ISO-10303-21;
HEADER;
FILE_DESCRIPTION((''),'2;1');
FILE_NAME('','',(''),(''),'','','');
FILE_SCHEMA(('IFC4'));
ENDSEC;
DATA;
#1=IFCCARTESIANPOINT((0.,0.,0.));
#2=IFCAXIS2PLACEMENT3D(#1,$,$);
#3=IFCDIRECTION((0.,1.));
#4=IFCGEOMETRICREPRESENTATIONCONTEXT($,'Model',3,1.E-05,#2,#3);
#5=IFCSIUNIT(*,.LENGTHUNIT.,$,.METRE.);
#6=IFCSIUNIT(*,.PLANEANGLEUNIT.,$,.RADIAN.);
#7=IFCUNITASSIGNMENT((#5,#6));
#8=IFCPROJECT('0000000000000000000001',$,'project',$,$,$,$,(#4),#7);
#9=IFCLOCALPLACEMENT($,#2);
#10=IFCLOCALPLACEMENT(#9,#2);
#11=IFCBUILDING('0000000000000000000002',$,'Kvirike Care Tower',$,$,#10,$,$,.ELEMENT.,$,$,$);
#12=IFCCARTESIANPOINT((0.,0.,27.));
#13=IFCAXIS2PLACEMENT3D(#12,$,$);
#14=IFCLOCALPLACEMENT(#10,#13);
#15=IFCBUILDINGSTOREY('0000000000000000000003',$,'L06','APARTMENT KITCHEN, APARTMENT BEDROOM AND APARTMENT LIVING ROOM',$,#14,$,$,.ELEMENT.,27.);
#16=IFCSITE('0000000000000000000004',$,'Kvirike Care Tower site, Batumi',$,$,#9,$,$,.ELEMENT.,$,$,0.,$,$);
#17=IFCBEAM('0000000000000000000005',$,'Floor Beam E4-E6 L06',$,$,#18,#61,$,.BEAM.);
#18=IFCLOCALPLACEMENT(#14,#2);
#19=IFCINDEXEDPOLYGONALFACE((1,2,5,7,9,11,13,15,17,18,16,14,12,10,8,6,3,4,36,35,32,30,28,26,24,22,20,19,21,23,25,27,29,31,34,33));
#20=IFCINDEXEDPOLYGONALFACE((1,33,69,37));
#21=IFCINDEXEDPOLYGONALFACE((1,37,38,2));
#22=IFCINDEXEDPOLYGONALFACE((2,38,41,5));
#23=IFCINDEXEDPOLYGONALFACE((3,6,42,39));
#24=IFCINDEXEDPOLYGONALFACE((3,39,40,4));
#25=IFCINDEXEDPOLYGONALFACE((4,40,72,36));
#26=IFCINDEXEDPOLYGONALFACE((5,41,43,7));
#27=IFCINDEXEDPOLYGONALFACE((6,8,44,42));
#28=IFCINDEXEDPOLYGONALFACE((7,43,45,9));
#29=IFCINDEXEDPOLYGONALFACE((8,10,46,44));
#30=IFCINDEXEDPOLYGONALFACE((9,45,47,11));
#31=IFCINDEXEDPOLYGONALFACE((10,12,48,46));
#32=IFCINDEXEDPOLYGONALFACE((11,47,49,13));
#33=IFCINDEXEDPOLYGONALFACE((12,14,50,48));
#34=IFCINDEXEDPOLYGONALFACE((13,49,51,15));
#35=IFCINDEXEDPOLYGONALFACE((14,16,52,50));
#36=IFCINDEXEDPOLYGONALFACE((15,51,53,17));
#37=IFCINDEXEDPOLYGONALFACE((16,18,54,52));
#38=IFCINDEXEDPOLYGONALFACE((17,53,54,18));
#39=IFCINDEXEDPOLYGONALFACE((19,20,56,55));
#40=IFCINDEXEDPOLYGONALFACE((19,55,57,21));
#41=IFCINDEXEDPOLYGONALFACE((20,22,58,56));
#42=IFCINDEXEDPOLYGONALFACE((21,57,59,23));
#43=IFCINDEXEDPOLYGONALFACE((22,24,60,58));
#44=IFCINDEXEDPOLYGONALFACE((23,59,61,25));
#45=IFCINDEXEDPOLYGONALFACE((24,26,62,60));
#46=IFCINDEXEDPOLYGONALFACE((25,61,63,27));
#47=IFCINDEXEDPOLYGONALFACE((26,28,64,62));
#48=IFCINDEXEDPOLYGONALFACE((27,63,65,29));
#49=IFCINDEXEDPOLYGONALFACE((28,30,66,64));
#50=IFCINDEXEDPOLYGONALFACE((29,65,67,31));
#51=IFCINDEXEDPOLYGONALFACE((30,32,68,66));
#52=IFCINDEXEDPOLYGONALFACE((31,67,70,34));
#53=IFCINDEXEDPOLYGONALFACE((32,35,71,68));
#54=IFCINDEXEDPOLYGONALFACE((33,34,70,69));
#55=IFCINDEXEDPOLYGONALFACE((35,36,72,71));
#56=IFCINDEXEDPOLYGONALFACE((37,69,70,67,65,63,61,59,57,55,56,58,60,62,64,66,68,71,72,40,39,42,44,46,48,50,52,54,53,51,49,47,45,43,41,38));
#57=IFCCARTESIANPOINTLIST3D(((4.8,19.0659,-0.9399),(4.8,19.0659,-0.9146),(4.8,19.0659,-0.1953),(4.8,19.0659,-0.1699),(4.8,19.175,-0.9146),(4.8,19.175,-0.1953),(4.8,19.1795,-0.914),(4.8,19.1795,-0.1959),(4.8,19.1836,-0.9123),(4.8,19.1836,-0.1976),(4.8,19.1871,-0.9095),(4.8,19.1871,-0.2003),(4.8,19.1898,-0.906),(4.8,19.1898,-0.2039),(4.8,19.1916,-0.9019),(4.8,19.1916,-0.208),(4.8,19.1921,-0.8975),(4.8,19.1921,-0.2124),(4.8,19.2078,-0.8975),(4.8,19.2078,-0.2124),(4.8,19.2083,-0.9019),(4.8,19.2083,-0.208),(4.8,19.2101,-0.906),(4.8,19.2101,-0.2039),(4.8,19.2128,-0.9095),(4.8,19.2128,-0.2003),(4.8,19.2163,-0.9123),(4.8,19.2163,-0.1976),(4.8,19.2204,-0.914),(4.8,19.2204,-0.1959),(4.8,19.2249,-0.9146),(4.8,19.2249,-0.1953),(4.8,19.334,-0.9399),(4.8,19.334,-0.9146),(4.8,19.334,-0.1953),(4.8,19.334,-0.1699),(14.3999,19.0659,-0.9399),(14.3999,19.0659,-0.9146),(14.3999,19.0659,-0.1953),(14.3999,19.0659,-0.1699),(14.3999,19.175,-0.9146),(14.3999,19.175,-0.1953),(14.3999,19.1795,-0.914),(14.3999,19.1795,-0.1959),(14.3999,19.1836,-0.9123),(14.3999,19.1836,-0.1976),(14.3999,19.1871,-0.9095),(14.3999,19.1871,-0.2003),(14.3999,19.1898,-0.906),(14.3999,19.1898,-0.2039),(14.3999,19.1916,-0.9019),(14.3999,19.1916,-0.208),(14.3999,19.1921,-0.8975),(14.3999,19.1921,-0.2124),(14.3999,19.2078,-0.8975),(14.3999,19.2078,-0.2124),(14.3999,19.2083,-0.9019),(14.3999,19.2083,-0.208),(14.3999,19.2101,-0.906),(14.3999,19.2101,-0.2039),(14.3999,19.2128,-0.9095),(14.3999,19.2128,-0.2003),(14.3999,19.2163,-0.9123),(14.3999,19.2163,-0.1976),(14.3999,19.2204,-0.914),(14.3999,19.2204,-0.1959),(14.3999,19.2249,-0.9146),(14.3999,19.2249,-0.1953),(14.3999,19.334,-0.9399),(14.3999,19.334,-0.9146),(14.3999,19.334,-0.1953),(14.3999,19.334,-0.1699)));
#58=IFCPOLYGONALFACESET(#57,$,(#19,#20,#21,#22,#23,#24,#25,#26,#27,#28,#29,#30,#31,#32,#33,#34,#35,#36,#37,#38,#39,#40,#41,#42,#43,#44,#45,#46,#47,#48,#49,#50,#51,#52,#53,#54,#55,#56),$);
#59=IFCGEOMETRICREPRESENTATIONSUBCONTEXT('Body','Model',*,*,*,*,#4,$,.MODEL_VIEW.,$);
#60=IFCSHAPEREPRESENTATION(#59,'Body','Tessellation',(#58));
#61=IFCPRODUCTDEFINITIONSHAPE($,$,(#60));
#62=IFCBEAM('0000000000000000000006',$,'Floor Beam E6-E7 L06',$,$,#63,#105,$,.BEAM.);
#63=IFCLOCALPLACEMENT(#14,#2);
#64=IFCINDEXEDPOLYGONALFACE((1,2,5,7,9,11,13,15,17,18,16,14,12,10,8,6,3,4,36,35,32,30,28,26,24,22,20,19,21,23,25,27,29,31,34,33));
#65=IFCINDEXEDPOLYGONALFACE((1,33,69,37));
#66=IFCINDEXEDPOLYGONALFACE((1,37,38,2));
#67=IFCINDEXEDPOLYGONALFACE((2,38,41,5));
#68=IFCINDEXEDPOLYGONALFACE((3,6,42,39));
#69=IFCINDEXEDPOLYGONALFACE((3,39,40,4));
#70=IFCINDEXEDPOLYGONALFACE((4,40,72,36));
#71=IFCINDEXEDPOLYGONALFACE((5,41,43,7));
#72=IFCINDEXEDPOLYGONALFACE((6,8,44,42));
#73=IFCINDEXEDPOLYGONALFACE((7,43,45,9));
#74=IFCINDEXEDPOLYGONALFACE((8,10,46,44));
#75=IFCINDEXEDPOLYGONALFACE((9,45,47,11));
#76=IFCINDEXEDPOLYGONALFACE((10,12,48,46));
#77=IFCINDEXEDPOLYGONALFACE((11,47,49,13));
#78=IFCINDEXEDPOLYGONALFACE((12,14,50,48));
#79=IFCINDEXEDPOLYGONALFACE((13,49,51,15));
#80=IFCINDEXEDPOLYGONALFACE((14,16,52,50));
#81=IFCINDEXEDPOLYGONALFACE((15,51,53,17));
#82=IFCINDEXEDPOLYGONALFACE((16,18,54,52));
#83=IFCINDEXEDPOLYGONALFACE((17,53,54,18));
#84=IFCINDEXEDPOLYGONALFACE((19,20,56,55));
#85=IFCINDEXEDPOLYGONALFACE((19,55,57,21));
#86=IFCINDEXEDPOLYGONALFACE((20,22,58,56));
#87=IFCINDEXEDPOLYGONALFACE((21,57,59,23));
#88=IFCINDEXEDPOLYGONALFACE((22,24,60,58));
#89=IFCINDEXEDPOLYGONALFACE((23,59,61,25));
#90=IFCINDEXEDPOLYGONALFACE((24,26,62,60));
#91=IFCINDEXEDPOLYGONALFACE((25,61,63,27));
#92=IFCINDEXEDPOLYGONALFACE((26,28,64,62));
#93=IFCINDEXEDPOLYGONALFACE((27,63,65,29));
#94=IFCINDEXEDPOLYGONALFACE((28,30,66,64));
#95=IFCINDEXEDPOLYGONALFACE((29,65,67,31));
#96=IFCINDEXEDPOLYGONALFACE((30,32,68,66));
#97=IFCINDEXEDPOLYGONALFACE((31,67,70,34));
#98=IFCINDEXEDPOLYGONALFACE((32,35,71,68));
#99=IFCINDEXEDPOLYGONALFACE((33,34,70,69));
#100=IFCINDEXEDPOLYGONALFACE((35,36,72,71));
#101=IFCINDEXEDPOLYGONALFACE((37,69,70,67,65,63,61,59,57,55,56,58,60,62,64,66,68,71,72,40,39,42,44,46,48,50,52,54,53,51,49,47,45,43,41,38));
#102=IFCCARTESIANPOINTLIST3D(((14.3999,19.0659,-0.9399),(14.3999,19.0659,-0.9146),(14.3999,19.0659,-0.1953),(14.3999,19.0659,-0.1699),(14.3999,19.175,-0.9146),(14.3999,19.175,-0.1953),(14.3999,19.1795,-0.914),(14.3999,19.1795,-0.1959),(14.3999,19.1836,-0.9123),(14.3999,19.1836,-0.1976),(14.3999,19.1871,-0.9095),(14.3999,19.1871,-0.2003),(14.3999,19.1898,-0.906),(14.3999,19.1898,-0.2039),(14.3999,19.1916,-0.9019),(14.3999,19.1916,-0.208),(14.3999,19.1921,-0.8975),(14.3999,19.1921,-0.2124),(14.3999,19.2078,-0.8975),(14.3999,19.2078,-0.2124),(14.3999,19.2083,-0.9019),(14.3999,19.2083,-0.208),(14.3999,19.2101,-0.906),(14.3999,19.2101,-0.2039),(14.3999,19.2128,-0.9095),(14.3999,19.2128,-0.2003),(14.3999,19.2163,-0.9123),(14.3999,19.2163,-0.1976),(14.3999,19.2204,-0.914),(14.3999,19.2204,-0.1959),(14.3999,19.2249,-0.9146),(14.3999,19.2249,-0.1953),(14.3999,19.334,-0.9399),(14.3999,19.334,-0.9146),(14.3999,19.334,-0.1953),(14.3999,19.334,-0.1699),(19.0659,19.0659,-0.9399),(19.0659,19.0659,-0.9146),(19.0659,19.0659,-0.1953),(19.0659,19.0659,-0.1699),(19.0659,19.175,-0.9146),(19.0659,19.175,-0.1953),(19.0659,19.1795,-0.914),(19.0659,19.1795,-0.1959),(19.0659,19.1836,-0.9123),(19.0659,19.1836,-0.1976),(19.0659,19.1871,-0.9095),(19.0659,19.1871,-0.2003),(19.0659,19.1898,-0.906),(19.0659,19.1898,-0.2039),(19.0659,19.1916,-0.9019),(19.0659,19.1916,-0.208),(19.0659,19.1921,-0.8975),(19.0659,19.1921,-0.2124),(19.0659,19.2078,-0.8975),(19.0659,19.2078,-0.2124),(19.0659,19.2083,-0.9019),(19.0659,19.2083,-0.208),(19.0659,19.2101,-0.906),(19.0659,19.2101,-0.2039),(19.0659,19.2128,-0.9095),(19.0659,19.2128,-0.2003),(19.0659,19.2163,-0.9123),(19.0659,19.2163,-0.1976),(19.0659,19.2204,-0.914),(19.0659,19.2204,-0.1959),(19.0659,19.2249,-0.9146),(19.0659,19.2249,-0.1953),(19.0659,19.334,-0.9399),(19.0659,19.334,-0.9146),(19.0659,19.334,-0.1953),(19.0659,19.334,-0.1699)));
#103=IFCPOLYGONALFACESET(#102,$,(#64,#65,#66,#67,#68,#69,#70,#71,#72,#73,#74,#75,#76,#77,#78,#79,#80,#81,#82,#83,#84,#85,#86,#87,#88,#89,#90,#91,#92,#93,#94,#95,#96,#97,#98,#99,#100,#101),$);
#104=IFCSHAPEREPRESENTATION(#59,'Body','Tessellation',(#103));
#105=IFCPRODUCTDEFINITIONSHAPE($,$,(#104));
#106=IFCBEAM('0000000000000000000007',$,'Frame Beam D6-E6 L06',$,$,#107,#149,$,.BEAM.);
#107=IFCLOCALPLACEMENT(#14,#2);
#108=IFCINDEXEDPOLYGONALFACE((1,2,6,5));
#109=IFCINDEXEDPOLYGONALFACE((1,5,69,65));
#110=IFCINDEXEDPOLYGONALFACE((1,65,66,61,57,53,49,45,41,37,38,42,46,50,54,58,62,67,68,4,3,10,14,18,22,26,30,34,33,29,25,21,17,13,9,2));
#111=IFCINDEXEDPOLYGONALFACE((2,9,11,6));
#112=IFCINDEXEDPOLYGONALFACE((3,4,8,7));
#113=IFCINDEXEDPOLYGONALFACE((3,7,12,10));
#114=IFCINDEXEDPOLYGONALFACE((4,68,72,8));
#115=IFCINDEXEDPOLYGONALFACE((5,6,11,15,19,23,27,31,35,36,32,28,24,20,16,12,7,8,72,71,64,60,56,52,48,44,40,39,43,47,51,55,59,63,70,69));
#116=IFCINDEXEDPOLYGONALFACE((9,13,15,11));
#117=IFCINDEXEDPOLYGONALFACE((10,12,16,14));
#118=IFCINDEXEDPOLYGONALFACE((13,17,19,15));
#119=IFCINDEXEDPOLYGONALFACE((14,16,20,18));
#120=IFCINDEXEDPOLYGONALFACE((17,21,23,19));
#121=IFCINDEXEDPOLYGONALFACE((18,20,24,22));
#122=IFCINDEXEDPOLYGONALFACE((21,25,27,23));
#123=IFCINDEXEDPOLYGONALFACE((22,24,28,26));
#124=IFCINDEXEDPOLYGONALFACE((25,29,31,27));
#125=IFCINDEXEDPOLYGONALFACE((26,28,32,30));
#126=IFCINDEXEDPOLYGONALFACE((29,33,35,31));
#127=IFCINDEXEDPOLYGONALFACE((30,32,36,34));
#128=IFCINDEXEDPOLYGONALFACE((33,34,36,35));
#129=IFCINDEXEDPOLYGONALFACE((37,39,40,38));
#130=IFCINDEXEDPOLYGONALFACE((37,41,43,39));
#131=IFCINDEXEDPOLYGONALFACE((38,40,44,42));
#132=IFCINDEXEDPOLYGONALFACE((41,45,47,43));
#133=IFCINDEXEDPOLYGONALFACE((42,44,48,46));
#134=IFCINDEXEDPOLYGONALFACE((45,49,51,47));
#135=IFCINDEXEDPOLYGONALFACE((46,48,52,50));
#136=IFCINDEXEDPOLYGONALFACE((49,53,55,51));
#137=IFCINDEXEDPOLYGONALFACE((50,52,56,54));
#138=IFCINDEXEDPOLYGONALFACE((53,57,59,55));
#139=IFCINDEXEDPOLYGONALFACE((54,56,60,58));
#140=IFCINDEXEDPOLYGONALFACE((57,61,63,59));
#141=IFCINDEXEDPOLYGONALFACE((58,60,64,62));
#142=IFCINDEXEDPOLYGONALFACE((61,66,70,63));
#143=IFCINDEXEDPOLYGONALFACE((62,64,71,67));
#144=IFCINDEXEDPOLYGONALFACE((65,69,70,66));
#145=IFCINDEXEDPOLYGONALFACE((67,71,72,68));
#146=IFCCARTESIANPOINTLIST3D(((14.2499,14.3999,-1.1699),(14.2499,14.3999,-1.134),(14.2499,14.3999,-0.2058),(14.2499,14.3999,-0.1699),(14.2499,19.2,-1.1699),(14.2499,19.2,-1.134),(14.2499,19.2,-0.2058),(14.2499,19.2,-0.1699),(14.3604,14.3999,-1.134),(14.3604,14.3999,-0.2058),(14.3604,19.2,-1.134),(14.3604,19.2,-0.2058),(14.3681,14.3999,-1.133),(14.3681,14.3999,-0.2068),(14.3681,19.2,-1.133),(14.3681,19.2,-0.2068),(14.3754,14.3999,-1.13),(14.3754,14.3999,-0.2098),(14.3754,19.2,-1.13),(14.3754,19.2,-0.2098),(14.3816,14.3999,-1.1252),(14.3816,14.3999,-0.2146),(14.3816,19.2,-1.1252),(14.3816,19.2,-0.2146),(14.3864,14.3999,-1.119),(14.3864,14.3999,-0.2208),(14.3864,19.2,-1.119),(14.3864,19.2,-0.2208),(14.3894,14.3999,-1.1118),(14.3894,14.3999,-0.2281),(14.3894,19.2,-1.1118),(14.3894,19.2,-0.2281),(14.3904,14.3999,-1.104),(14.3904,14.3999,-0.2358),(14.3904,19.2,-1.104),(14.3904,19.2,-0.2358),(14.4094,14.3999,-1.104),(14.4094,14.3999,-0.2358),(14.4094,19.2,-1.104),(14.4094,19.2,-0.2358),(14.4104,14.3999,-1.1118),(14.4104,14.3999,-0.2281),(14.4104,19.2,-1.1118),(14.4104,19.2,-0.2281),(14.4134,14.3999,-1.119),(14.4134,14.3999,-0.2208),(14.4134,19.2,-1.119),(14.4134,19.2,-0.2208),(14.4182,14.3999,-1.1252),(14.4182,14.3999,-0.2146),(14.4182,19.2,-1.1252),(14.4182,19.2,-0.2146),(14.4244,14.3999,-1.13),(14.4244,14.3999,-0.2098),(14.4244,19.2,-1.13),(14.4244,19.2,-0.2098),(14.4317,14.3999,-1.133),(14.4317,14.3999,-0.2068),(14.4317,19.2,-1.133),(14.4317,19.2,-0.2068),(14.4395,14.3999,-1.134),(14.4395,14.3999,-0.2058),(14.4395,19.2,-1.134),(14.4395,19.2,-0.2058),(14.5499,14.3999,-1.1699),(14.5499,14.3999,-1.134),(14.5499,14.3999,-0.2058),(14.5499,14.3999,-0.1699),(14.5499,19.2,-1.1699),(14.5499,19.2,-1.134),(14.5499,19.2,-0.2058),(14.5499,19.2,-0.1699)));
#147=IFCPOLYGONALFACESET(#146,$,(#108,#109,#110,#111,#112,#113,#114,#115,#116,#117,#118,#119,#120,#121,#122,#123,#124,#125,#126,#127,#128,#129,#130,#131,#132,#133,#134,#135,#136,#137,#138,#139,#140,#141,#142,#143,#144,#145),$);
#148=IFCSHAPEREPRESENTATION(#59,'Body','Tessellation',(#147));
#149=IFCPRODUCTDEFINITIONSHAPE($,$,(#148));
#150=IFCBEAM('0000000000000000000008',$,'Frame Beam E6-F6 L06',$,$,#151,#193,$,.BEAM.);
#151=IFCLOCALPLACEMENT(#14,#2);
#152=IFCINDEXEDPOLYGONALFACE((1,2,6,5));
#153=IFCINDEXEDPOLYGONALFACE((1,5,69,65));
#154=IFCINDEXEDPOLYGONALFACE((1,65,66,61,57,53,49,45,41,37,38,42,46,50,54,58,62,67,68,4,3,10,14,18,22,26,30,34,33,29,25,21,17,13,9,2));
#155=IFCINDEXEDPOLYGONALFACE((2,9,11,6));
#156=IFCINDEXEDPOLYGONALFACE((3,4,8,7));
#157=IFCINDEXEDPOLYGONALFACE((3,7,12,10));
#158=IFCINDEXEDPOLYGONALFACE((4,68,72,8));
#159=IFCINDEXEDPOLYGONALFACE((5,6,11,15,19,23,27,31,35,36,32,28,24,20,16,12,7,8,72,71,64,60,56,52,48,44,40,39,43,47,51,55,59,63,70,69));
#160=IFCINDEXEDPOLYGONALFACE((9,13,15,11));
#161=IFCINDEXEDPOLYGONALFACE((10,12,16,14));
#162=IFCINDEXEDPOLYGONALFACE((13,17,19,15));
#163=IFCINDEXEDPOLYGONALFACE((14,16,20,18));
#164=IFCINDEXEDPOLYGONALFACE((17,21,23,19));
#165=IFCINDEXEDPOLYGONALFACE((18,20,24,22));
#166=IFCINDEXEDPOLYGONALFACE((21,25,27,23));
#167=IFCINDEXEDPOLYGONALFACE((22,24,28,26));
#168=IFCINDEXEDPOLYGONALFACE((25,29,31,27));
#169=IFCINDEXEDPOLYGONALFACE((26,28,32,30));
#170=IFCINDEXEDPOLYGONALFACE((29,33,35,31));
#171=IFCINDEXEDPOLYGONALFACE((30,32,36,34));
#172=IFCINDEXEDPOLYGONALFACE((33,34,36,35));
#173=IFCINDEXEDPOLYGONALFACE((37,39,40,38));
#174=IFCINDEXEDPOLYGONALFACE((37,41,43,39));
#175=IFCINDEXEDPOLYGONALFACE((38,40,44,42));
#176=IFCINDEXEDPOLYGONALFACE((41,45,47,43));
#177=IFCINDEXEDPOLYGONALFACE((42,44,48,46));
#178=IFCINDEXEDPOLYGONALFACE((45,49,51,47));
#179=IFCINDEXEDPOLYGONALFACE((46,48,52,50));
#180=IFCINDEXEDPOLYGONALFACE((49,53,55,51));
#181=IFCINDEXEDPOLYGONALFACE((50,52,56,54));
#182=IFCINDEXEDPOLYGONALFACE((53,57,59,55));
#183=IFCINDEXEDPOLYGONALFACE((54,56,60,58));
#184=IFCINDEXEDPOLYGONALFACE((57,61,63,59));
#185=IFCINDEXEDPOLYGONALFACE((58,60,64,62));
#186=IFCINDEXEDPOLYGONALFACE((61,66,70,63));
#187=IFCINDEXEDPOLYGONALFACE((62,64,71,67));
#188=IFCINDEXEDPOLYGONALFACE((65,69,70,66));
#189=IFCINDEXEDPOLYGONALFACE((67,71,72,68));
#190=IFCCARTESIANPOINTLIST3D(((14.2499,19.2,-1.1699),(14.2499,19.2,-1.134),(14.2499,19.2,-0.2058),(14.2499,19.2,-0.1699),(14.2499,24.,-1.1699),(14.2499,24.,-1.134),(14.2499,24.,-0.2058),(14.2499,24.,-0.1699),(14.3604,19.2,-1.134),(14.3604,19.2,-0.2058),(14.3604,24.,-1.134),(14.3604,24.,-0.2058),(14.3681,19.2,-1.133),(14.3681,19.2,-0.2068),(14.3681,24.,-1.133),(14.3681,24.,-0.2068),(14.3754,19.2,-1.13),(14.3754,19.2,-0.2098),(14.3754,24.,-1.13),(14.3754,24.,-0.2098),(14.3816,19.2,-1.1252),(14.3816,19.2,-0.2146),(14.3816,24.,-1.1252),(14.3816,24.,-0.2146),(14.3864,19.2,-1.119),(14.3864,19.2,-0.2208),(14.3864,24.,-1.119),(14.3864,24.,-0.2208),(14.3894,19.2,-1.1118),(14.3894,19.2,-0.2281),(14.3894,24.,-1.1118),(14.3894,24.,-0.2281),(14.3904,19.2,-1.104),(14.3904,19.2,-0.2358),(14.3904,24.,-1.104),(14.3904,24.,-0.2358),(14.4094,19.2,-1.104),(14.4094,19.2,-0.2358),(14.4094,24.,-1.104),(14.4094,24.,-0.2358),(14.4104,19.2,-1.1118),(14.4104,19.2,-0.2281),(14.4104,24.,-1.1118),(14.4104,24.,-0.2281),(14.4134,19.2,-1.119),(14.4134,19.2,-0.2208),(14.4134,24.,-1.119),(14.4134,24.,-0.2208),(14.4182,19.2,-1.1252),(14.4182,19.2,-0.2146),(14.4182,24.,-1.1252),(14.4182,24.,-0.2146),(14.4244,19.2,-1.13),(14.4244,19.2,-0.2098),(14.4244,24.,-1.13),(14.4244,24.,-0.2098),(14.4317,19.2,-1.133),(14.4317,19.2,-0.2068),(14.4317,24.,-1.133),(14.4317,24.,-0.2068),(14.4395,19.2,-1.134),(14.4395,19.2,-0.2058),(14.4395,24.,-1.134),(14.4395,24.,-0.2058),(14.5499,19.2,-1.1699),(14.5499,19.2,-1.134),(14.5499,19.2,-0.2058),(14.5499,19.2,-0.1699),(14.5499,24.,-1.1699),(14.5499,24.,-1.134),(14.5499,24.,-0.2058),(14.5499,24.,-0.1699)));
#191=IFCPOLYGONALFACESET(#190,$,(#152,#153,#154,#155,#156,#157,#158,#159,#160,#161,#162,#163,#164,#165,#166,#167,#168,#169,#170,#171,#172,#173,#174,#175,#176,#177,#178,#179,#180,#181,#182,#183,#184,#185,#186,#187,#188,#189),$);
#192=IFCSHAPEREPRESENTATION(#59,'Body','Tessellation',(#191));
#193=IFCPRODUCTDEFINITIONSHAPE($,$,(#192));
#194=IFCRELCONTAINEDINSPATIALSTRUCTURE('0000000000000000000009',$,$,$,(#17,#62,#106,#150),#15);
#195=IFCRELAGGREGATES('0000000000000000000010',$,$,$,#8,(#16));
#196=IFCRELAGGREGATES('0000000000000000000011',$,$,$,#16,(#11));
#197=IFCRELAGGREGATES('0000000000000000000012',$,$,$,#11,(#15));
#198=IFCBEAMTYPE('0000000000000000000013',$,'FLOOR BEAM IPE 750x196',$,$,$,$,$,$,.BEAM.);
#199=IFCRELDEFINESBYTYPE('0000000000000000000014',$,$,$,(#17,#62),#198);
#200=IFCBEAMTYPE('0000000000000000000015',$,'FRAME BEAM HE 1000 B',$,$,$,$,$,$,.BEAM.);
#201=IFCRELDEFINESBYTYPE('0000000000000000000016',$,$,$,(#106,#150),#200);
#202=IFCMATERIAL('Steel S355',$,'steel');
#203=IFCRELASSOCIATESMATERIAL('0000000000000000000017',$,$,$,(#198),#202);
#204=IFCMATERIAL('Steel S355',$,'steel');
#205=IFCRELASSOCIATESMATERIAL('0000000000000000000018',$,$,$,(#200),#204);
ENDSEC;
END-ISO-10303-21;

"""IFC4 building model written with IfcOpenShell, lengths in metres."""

from ifc_helpers import new_model, si_unit, direction, frame, origin, origin_2d, place, context, subcontext, project, spatial, i_section, extrude, material, material_profile, profile_set, type_object, element, save


model = new_model("IFC4")

# Units and contexts
model_context = context("Model", 3, precision=1e-05, world=origin(), true_north=direction((0.0, 1.0)))
body_context = subcontext(model_context, "Body", "Model", "MODEL_VIEW")
ifc_project = project(units=[si_unit("LENGTHUNIT", "METRE"), si_unit("PLANEANGLEUNIT", "RADIAN")], contexts=[model_context])

# Site, building, storey
site_placement = place(None, origin())
site = spatial("IfcSite", under=ifc_project, at=site_placement, Name="Kvirike Care Tower site, Batumi", CompositionType="ELEMENT", RefElevation=0.0)
building_placement = place(site_placement, origin())
building = spatial("IfcBuilding", under=site, at=building_placement, Name="Kvirike Care Tower", CompositionType="ELEMENT")
storey_placement = place(building_placement, frame((0.0, 0.0, 27.0)))
storey = spatial("IfcBuildingStorey", under=building, at=storey_placement, Name="L06", Description="APARTMENT KITCHEN, APARTMENT BEDROOM AND APARTMENT LIVING ROOM", CompositionType="ELEMENT", Elevation=27.0)

# Beams
ifc_material_1 = material(Name="Steel S355", Category="steel")
ifc_material_profile_1 = material_profile(ifc_material_1, i_section(OverallWidth=0.2681, OverallDepth=0.77, WebThickness=0.0156, FlangeThickness=0.0254, FilletRadius=0.0171, at=origin_2d()), Name="IPE 750x196")
ifc_profile_set_1 = profile_set([ifc_material_profile_1], Name="Steel S355")
beam_type_1 = type_object("IfcBeamType", Name="FLOOR BEAM IPE 750x196", PredefinedType="BEAM", material=ifc_profile_set_1)
beam_1_placement = place(storey_placement, frame((4.8, 19.2, -0.5549), z_axis=(1.0, 0.0, 0.0), x_axis=(0.0, 1.0, 0.0)))
element("IfcBeam", 1, at=beam_1_placement, inside=storey, type_object=beam_type_1, Name="Floor Beam E4-E6 L06", PredefinedType="BEAM", context=body_context, shape_type="SweptSolid", body=[
    extrude(i_section(OverallWidth=0.2681, OverallDepth=0.77, WebThickness=0.0156, FlangeThickness=0.0254, FilletRadius=0.0171, at=origin_2d()), origin(), (0.0, 0.0, 1.0), 9.5999),
])
beam_2_placement = place(storey_placement, frame((14.3999, 19.2, -0.5549), z_axis=(1.0, 0.0, 0.0), x_axis=(0.0, 1.0, 0.0)))
element("IfcBeam", 2, at=beam_2_placement, inside=storey, type_object=beam_type_1, Name="Floor Beam E6-E7 L06", PredefinedType="BEAM", context=body_context, shape_type="SweptSolid", body=[
    extrude(i_section(OverallWidth=0.2681, OverallDepth=0.77, WebThickness=0.0156, FlangeThickness=0.0254, FilletRadius=0.0171, at=origin_2d()), origin(), (0.0, 0.0, 1.0), 4.666),
])
ifc_material_2 = material(Name="Steel S355", Category="steel")
ifc_material_profile_2 = material_profile(ifc_material_2, i_section(OverallWidth=0.3, OverallDepth=1.0, WebThickness=0.019, FlangeThickness=0.0359, FilletRadius=0.03, at=origin_2d()), Name="HE 1000 B")
ifc_profile_set_2 = profile_set([ifc_material_profile_2], Name="Steel S355")
beam_type_2 = type_object("IfcBeamType", Name="FRAME BEAM HE 1000 B", PredefinedType="BEAM", material=ifc_profile_set_2)
for number, where, z_axis, x_axis, name in (
    (3, (14.3999, 14.3999, -0.6699), (0.0, 1.0, 0.0), (-1.0, 0.0, 0.0), "Frame Beam D6-E6 L06"),
    (4, (14.3999, 19.2, -0.6699), (0.0, 1.0, 0.0), (-1.0, 0.0, 0.0), "Frame Beam E6-F6 L06"),
):
    element("IfcBeam", number, at=place(storey_placement, frame(where, z_axis=z_axis, x_axis=x_axis)), inside=storey, type_object=beam_type_2, Name=name, PredefinedType="BEAM", context=body_context, shape_type="SweptSolid", body=[
        extrude(i_section(OverallWidth=0.3, OverallDepth=1.0, WebThickness=0.019, FlangeThickness=0.0359, FilletRadius=0.03, at=origin_2d()), origin(), (0.0, 0.0, 1.0), 4.8),
    ])

save(model, "model.ifc")
